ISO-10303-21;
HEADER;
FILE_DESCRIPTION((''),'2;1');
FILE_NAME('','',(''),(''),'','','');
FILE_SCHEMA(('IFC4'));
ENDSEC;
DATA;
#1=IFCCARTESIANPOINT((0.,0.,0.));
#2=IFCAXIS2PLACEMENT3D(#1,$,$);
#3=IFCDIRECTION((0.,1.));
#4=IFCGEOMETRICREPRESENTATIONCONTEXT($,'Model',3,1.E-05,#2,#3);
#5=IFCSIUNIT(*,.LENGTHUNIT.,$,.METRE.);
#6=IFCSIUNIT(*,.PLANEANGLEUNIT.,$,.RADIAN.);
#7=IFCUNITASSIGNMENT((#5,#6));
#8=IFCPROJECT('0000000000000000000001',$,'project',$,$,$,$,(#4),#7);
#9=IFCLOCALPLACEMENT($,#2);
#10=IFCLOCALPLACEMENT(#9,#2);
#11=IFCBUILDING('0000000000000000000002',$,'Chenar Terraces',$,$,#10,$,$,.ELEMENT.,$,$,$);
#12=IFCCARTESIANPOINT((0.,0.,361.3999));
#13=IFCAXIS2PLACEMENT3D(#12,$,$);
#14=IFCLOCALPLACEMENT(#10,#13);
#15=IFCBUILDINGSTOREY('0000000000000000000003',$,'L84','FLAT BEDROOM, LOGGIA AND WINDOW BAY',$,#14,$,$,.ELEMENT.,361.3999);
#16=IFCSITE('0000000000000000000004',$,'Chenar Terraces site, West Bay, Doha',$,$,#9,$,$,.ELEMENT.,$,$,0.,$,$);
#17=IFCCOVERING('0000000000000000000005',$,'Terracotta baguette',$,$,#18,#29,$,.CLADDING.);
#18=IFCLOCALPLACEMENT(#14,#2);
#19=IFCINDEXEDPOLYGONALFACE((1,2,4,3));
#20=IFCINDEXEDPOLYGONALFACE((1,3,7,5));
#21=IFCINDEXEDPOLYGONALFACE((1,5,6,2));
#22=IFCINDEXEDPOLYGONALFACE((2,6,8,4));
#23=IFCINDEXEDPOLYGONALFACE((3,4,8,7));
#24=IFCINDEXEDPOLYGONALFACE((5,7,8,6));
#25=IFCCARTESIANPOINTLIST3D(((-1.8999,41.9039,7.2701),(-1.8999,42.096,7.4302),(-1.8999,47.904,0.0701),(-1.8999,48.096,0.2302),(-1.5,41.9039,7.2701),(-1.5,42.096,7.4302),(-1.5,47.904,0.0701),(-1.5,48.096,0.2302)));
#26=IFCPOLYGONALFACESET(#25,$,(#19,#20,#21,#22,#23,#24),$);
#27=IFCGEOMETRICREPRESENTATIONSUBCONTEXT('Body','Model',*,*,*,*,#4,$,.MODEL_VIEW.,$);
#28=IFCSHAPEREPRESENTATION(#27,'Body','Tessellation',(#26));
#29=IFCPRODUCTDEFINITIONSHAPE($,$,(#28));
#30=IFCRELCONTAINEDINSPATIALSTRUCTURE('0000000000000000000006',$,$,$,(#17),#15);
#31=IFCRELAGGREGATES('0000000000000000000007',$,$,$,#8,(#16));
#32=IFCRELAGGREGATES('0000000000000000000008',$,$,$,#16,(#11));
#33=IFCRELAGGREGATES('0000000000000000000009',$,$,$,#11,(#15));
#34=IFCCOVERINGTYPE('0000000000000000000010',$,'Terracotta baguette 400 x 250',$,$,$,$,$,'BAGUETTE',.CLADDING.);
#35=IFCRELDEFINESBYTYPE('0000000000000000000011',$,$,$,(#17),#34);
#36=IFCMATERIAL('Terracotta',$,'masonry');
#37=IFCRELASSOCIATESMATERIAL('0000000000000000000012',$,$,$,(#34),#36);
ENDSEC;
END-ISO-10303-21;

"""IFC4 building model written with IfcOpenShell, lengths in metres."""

from ifc_helpers import new_model, si_unit, direction, frame, origin, origin_2d, place, context, subcontext, project, spatial, rectangle, extrude, material, material_profile, profile_set, type_object, element, save


model = new_model("IFC4")

# Units and contexts
model_context = context("Model", 3, precision=1e-05, world=origin(), true_north=direction((0.0, 1.0)))
body_context = subcontext(model_context, "Body", "Model", "MODEL_VIEW")
ifc_project = project(units=[si_unit("LENGTHUNIT", "METRE"), si_unit("PLANEANGLEUNIT", "RADIAN")], contexts=[model_context])

# Site, building, storey
site_placement = place(None, origin())
site = spatial("IfcSite", under=ifc_project, at=site_placement, Name="Chenar Terraces site, West Bay, Doha", CompositionType="ELEMENT", RefElevation=0.0)
building_placement = place(site_placement, origin())
building = spatial("IfcBuilding", under=site, at=building_placement, Name="Chenar Terraces", CompositionType="ELEMENT")
storey_placement = place(building_placement, frame((0.0, 0.0, 361.3999)))
storey = spatial("IfcBuildingStorey", under=building, at=storey_placement, Name="L84", Description="FLAT BEDROOM, LOGGIA AND WINDOW BAY", CompositionType="ELEMENT", Elevation=361.3999)

# Covering
ifc_material_1 = material(Name="Terracotta", Category="masonry")
ifc_material_profile_1 = material_profile(ifc_material_1, rectangle(XDim=0.3999, YDim=0.25, at=origin_2d()), Name="Terracotta baguette 400 x 250")
ifc_profile_set_1 = profile_set([ifc_material_profile_1], Name="Terracotta")
covering_type = type_object("IfcCoveringType", Name="Terracotta baguette 400 x 250", ElementType="BAGUETTE", PredefinedType="CLADDING", material=ifc_profile_set_1)
covering_1_placement = place(storey_placement, frame((-1.7, 48.0, 0.1501), z_axis=(0.0, -0.640187, 0.768219), x_axis=(1.0, 0.0, 0.0)))
element("IfcCovering", 1, at=covering_1_placement, inside=storey, type_object=covering_type, Name="Terracotta baguette", PredefinedType="CLADDING", context=body_context, shape_type="SweptSolid", body=[
    extrude(rectangle(XDim=0.3999, YDim=0.25, at=origin_2d()), origin(), (0.0, 0.0, 1.0), 9.3723),
])

save(model, "model.ifc")
